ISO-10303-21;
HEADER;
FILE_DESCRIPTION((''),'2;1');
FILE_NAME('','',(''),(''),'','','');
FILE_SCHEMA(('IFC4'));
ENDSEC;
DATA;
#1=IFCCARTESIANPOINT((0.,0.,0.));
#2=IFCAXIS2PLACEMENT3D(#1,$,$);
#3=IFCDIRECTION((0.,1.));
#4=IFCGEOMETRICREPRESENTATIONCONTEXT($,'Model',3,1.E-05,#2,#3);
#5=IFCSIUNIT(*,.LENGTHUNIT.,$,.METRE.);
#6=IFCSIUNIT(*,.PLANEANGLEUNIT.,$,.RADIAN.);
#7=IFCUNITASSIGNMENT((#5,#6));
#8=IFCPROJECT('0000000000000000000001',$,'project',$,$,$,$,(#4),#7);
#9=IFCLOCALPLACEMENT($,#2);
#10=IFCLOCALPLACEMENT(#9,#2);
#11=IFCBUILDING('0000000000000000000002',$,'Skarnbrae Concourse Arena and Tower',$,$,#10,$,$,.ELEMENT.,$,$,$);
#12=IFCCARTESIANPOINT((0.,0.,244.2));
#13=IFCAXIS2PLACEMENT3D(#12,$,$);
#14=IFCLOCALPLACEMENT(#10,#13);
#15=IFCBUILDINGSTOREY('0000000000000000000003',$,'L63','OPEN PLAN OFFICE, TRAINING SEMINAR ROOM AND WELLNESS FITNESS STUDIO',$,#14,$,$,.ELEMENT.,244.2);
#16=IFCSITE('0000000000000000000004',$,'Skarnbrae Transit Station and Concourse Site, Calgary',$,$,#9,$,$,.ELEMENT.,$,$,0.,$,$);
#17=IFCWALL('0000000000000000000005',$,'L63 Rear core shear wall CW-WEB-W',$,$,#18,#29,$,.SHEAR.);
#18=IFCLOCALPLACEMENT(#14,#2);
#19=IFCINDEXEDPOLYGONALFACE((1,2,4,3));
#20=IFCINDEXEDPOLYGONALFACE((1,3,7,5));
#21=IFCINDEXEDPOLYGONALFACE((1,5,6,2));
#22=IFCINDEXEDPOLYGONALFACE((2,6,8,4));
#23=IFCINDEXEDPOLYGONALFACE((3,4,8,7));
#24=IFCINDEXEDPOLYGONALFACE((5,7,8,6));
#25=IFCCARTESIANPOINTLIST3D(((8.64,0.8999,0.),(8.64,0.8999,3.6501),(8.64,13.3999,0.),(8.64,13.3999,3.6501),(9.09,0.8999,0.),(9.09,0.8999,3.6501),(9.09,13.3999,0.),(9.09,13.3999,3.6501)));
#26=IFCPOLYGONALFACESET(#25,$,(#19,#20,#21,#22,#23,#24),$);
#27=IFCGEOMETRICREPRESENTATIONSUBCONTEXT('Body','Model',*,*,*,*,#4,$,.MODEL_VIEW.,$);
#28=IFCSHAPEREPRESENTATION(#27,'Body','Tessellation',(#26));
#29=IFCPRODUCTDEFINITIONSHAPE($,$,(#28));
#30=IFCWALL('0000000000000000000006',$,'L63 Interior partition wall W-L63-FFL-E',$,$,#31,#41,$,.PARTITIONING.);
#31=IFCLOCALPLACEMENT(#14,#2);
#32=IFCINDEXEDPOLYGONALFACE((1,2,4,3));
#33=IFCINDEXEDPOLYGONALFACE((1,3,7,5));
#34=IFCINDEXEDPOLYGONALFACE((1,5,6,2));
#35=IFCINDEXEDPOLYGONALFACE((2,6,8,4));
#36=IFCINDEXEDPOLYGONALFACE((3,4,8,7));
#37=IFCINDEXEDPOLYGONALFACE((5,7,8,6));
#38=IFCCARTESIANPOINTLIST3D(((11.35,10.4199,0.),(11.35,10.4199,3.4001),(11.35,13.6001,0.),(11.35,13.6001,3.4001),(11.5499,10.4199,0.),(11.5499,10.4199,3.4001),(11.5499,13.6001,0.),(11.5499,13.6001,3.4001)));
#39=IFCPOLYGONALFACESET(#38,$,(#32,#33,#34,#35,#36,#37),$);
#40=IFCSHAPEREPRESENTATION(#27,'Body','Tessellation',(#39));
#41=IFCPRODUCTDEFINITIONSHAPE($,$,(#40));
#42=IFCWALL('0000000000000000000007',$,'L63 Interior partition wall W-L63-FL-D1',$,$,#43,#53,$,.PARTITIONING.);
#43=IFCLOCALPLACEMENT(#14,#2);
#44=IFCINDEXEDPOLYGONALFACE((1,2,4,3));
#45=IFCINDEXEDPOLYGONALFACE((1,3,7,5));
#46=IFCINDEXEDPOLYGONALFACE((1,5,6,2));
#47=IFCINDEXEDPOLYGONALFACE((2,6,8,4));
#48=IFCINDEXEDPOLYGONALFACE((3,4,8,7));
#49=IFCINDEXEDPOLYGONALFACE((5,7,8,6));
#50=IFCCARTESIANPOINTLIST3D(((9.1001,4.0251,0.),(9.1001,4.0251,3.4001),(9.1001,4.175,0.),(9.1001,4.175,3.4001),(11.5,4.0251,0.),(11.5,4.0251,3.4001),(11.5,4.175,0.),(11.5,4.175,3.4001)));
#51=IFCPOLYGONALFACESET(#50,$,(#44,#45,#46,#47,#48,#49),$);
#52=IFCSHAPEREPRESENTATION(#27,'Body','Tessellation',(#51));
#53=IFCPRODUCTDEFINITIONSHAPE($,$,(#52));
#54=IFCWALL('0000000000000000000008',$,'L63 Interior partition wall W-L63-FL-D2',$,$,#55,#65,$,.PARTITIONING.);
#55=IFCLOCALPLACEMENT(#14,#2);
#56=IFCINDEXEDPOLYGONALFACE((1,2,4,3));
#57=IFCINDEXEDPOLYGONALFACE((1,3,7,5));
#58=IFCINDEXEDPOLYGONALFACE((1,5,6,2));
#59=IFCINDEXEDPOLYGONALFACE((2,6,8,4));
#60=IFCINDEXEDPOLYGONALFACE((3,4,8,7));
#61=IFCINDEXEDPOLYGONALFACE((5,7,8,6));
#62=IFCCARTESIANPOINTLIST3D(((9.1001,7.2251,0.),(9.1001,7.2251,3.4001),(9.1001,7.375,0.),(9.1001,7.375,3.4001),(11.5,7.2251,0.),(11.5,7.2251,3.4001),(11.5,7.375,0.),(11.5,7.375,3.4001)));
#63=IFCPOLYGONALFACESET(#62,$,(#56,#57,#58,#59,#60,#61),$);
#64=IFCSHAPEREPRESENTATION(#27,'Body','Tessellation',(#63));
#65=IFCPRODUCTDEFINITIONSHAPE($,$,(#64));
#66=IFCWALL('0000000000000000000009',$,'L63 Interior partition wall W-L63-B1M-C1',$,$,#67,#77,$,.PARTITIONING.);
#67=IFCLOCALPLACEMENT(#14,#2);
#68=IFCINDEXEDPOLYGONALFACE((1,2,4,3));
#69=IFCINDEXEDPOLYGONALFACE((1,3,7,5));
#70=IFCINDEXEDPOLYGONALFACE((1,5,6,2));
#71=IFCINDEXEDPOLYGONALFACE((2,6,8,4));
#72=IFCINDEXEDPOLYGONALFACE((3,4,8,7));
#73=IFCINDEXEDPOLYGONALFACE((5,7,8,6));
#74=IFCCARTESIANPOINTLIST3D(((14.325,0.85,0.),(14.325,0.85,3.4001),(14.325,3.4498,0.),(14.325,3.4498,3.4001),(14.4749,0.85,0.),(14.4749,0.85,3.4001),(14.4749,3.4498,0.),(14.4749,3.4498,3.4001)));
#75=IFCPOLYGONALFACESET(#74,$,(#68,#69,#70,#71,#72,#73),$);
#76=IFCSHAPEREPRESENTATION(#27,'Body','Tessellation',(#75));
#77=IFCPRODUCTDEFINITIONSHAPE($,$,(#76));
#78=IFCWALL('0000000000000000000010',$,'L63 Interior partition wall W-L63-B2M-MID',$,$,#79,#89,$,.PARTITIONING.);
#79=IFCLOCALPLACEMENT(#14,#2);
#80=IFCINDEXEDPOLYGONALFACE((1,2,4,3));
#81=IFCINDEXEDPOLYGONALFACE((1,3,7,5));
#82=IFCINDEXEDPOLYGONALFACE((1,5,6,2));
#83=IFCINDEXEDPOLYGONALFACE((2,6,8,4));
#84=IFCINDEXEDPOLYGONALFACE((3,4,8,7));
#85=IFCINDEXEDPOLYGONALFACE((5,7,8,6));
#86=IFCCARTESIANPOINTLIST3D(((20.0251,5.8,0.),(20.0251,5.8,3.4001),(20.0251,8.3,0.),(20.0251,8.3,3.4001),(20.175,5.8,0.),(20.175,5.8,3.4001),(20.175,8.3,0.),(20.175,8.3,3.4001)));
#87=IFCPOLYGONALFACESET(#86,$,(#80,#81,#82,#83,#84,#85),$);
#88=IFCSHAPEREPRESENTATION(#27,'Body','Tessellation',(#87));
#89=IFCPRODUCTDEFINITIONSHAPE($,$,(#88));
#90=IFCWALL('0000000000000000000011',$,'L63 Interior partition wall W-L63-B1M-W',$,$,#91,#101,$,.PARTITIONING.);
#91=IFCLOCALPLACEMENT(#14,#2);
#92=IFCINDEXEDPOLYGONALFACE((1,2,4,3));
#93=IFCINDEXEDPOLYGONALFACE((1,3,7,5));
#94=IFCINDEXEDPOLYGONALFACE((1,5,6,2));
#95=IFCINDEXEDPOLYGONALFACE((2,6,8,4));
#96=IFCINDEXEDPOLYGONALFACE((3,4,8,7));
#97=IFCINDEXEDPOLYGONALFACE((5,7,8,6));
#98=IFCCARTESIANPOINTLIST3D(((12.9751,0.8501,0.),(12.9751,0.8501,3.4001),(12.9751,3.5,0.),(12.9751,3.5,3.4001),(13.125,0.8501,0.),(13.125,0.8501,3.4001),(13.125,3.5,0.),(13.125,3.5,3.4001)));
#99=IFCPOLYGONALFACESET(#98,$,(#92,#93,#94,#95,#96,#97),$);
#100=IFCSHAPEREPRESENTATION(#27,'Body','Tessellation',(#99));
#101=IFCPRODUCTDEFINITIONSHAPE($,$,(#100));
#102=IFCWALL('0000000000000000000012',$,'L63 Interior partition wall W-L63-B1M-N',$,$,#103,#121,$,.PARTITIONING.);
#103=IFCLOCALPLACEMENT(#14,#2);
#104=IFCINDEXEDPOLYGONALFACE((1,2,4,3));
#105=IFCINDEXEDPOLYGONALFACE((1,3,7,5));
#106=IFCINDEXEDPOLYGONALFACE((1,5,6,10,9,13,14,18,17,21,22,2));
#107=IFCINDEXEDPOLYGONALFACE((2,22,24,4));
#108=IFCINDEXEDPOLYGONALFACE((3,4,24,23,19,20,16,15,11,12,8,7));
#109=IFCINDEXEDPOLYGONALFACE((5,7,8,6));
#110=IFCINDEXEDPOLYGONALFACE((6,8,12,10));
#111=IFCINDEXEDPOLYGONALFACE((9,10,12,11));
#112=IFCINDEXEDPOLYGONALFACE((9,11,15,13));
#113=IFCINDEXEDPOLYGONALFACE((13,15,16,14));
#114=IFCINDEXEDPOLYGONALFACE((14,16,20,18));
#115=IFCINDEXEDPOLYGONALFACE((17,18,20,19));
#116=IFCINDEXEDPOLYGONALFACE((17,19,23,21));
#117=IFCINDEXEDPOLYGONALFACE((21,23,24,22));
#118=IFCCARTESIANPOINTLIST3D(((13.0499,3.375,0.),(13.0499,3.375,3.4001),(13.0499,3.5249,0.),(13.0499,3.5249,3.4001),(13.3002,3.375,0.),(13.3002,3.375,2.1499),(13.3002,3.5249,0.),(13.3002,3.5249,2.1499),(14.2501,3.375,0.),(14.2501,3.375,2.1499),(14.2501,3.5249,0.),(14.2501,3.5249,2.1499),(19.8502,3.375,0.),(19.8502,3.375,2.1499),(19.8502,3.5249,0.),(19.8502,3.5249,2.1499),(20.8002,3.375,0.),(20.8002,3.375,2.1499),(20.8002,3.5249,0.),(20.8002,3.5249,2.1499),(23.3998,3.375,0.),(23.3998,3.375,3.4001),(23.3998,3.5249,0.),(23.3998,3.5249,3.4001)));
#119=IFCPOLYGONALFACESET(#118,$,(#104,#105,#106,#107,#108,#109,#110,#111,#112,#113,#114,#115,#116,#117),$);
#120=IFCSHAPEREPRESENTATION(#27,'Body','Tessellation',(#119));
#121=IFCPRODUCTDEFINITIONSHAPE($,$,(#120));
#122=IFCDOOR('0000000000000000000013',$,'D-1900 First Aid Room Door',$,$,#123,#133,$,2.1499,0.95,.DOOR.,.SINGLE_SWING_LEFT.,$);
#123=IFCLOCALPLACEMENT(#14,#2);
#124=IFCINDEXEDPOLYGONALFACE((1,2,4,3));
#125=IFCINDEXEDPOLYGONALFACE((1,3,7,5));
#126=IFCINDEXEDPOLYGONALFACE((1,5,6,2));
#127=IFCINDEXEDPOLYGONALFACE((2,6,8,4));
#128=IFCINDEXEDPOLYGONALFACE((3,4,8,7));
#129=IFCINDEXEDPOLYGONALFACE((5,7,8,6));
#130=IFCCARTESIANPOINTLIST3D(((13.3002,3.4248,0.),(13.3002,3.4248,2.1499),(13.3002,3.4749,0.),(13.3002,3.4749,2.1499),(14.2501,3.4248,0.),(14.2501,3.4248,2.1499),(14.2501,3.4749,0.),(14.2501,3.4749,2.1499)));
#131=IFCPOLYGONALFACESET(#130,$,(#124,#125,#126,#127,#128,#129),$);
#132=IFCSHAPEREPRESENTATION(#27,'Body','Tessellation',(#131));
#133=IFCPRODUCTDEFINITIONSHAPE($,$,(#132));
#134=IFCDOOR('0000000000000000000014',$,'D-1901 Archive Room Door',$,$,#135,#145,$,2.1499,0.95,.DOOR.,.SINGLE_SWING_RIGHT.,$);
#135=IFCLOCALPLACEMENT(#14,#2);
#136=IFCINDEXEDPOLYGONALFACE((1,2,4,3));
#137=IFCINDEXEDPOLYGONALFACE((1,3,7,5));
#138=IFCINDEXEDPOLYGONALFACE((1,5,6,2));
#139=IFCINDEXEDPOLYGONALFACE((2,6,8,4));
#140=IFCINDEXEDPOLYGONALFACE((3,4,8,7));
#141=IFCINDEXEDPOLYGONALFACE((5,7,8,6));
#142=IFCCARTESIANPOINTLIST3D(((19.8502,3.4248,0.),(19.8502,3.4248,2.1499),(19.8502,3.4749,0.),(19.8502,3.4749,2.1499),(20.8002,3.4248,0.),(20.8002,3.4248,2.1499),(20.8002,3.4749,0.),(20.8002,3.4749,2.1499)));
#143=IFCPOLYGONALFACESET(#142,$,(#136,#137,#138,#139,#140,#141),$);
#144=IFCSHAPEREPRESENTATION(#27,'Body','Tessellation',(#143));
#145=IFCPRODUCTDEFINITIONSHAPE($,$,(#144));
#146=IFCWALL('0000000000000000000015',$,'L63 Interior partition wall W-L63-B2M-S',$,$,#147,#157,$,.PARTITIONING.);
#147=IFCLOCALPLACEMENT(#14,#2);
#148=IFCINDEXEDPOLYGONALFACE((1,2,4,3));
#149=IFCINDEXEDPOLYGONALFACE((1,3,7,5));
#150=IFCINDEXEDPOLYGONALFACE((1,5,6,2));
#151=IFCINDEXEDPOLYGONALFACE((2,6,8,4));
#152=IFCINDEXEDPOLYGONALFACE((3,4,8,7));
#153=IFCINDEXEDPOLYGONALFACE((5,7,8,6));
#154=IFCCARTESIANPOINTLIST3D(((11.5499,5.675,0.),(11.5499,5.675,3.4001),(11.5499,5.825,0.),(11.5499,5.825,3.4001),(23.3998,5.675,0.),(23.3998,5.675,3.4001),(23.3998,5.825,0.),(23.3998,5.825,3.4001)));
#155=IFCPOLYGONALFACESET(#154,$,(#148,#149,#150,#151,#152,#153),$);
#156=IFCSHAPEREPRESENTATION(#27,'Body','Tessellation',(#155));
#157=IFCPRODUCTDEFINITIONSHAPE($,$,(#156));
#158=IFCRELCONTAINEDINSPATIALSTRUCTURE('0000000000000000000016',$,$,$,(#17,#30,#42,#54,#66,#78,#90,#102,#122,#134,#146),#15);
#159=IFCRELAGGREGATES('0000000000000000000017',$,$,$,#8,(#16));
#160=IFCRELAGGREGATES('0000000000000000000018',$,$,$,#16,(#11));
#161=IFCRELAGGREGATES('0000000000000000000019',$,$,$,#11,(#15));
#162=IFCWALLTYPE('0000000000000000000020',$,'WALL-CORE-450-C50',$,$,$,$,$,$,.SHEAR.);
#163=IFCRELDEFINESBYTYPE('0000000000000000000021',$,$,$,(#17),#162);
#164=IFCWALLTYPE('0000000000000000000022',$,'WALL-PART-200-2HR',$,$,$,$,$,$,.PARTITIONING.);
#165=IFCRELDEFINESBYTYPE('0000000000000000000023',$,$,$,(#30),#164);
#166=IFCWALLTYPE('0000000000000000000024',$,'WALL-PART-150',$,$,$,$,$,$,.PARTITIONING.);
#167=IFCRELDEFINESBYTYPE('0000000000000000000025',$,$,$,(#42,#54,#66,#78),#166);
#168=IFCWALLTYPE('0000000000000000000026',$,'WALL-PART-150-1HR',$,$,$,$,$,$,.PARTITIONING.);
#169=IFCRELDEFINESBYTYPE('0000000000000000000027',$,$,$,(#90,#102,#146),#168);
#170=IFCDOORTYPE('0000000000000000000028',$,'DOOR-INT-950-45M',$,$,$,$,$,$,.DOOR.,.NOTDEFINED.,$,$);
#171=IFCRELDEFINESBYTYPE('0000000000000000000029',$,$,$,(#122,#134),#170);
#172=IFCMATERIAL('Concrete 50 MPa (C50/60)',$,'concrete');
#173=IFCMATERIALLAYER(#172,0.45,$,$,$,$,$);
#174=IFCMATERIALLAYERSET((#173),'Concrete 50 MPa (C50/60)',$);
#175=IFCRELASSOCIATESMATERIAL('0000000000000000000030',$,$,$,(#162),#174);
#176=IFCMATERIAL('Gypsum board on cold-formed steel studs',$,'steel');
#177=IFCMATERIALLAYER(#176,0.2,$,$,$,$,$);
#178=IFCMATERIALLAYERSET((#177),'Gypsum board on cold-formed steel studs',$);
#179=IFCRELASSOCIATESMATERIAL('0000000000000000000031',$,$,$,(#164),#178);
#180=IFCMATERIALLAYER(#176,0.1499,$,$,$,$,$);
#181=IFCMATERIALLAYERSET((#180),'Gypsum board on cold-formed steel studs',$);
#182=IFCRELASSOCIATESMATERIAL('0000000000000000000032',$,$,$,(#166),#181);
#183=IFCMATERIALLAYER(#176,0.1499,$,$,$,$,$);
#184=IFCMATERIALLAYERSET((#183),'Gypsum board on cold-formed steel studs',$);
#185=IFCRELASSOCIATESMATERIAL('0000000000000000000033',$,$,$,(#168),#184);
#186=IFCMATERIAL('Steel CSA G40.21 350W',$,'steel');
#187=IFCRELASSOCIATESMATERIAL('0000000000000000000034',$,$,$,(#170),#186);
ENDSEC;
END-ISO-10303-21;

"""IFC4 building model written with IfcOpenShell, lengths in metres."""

from ifc_helpers import new_model, si_unit, direction, frame, frame_2d, origin, place, context, subcontext, project, spatial, rectangle, extrude, source, transform, mapped, material, layer, layer_set, type_object, element, fill, save


model = new_model("IFC4")

# Units and contexts
model_context = context("Model", 3, precision=1e-05, world=origin(), true_north=direction((0.0, 1.0)))
body_context = subcontext(model_context, "Body", "Model", "MODEL_VIEW")
ifc_project = project(units=[si_unit("LENGTHUNIT", "METRE"), si_unit("PLANEANGLEUNIT", "RADIAN")], contexts=[model_context])

# Site, building, storey
site_placement = place(None, origin())
site = spatial("IfcSite", under=ifc_project, at=site_placement, Name="Skarnbrae Transit Station and Concourse Site, Calgary", CompositionType="ELEMENT", RefElevation=0.0)
building_placement = place(site_placement, origin())
building = spatial("IfcBuilding", under=site, at=building_placement, Name="Skarnbrae Concourse Arena and Tower", CompositionType="ELEMENT")
storey_placement = place(building_placement, frame((0.0, 0.0, 244.2)))
storey = spatial("IfcBuildingStorey", under=building, at=storey_placement, Name="L63", Description="OPEN PLAN OFFICE, TRAINING SEMINAR ROOM AND WELLNESS FITNESS STUDIO", CompositionType="ELEMENT", Elevation=244.2)

# Walls
ifc_material_1 = material(Name="Concrete 50 MPa (C50/60)", Category="concrete")
ifc_layer_1 = layer(ifc_material_1, 0.45)
ifc_layer_set_1 = layer_set([ifc_layer_1], Name="Concrete 50 MPa (C50/60)")
wall_type_1 = type_object("IfcWallType", Name="WALL-CORE-450-C50", PredefinedType="SHEAR", material=ifc_layer_set_1)
shared_shape_1 = source(origin(), body_context, "Body", "SweptSolid", [
    extrude(rectangle(XDim=12.5, YDim=0.45, at=frame_2d((6.25, 0.0))), origin(), (0.0, 0.0, 1.0), 3.6501),
])
wall_1_placement = place(storey_placement, frame((8.865, 0.8999, 0.0), z_axis=(0.0, 0.0, 1.0), x_axis=(0.0, 1.0, 0.0)))
element("IfcWall", 1, at=wall_1_placement, inside=storey, type_object=wall_type_1, Name="L63 Rear core shear wall CW-WEB-W", PredefinedType="SHEAR", context=body_context, shape_type="MappedRepresentation", body=[
    mapped(shared_shape_1, transform((0.0, 0.0, 0.0))),
])
ifc_material_2 = material(Name="Gypsum board on cold-formed steel studs", Category="steel")
ifc_layer_2 = layer(ifc_material_2, 0.2)
ifc_layer_set_2 = layer_set([ifc_layer_2], Name="Gypsum board on cold-formed steel studs")
wall_type_2 = type_object("IfcWallType", Name="WALL-PART-200-2HR", PredefinedType="PARTITIONING", material=ifc_layer_set_2)
shared_shape_2 = source(origin(), body_context, "Body", "SweptSolid", [
    extrude(rectangle(XDim=3.1802, YDim=0.2, at=frame_2d((1.5901, 0.0))), origin(), (0.0, 0.0, 1.0), 3.4001),
])
wall_2_placement = place(storey_placement, frame((11.45, 10.4199, 0.0), z_axis=(0.0, 0.0, 1.0), x_axis=(0.0, 1.0, 0.0)))
element("IfcWall", 2, at=wall_2_placement, inside=storey, type_object=wall_type_2, Name="L63 Interior partition wall W-L63-FFL-E", PredefinedType="PARTITIONING", context=body_context, shape_type="MappedRepresentation", body=[
    mapped(shared_shape_2, transform((0.0, 0.0, 0.0))),
])

# Shared definitions
ifc_material_3 = material(Name="Steel CSA G40.21 350W", Category="steel")

# Walls
ifc_layer_3 = layer(ifc_material_2, 0.1499)
ifc_layer_set_3 = layer_set([ifc_layer_3], Name="Gypsum board on cold-formed steel studs")
wall_type_3 = type_object("IfcWallType", Name="WALL-PART-150", PredefinedType="PARTITIONING", material=ifc_layer_set_3)
shared_shape_3 = source(origin(), body_context, "Body", "SweptSolid", [
    extrude(rectangle(XDim=2.3999, YDim=0.1499, at=frame_2d((1.2, 0.0))), origin(), (0.0, 0.0, 1.0), 3.4001),
])
for number, where, z_axis, x_axis, name in (
    (3, (9.1001, 4.1001, 0.0), (0.0, 0.0, 1.0), (1.0, 0.0, 0.0), "L63 Interior partition wall W-L63-FL-D1"),
    (4, (9.1001, 7.3, 0.0), (0.0, 0.0, 1.0), (1.0, 0.0, 0.0), "L63 Interior partition wall W-L63-FL-D2"),
):
    element("IfcWall", number, at=place(storey_placement, frame(where, z_axis=z_axis, x_axis=x_axis)), inside=storey, type_object=wall_type_3, Name=name, PredefinedType="PARTITIONING", context=body_context, shape_type="MappedRepresentation", body=[
        mapped(shared_shape_3, transform((0.0, 0.0, 0.0))),
    ])
shared_shape_4 = source(origin(), body_context, "Body", "SweptSolid", [
    extrude(rectangle(XDim=2.5999, YDim=0.1499, at=frame_2d((1.2998, 0.0))), origin(), (0.0, 0.0, 1.0), 3.4001),
])
wall_3_placement = place(storey_placement, frame((14.3999, 0.8501, 0.0), z_axis=(0.0, 0.0, 1.0), x_axis=(0.0, 1.0, 0.0)))
element("IfcWall", 5, at=wall_3_placement, inside=storey, type_object=wall_type_3, Name="L63 Interior partition wall W-L63-B1M-C1", PredefinedType="PARTITIONING", context=body_context, shape_type="MappedRepresentation", body=[
    mapped(shared_shape_4, transform((0.0, 0.0, 0.0))),
])
shared_shape_5 = source(origin(), body_context, "Body", "SweptSolid", [
    extrude(rectangle(XDim=2.5, YDim=0.1499, at=frame_2d((1.25, 0.0))), origin(), (0.0, 0.0, 1.0), 3.4001),
])
wall_4_placement = place(storey_placement, frame((20.1001, 5.8, 0.0), z_axis=(0.0, 0.0, 1.0), x_axis=(0.0, 1.0, 0.0)))
element("IfcWall", 6, at=wall_4_placement, inside=storey, type_object=wall_type_3, Name="L63 Interior partition wall W-L63-B2M-MID", PredefinedType="PARTITIONING", context=body_context, shape_type="MappedRepresentation", body=[
    mapped(shared_shape_5, transform((0.0, 0.0, 0.0))),
])
ifc_layer_4 = layer(ifc_material_2, 0.1499)
ifc_layer_set_4 = layer_set([ifc_layer_4], Name="Gypsum board on cold-formed steel studs")
wall_type_4 = type_object("IfcWallType", Name="WALL-PART-150-1HR", PredefinedType="PARTITIONING", material=ifc_layer_set_4)
shared_shape_6 = source(origin(), body_context, "Body", "SweptSolid", [
    extrude(rectangle(XDim=2.6499, YDim=0.1499, at=frame_2d((1.325, 0.0))), origin(), (0.0, 0.0, 1.0), 3.4001),
])
wall_5_placement = place(storey_placement, frame((13.05, 0.8501, 0.0), z_axis=(0.0, 0.0, 1.0), x_axis=(0.0, 1.0, 0.0)))
element("IfcWall", 7, at=wall_5_placement, inside=storey, type_object=wall_type_4, Name="L63 Interior partition wall W-L63-B1M-W", PredefinedType="PARTITIONING", context=body_context, shape_type="MappedRepresentation", body=[
    mapped(shared_shape_6, transform((0.0, 0.0, 0.0))),
])

# Wall, openings, doors
shared_shape_7 = source(origin(), body_context, "Body", "SweptSolid", [
    extrude(rectangle(XDim=10.3499, YDim=0.1499, at=frame_2d((5.1748, 0.0))), origin(), (0.0, 0.0, 1.0), 3.4001),
])
wall_6_placement = place(storey_placement, frame((13.05, 3.45, 0.0), z_axis=(0.0, 0.0, 1.0), x_axis=(1.0, 0.0, 0.0)))
wall_6 = element("IfcWall", 8, at=wall_6_placement, inside=storey, type_object=wall_type_4, Name="L63 Interior partition wall W-L63-B1M-N", PredefinedType="PARTITIONING", context=body_context, shape_type="MappedRepresentation", body=[
    mapped(shared_shape_7, transform((0.0, 0.0, 0.0))),
])
opening_1_placement = place(wall_6_placement, frame((0.25, 0.0, 0.0)))
opening_1 = element("IfcOpeningElement", 9, at=opening_1_placement, cuts=wall_6, PredefinedType="OPENING", context=body_context, shape_type="SweptSolid", body=[
    extrude(rectangle(XDim=0.95, YDim=2.1499, at=frame_2d((0.4751, 1.075))), frame((0.0, 0.085, 0.0), z_axis=(0.0, -1.0, 0.0), x_axis=(1.0, 0.0, 0.0)), (0.0, 0.0, 1.0), 0.1699),
])
opening_2_placement = place(wall_6_placement, frame((6.8, 0.0, 0.0)))
opening_2 = element("IfcOpeningElement", 10, at=opening_2_placement, cuts=wall_6, PredefinedType="OPENING", context=body_context, shape_type="SweptSolid", body=[
    extrude(rectangle(XDim=0.95, YDim=2.1499, at=frame_2d((0.4751, 1.075))), frame((0.0, 0.085, 0.0), z_axis=(0.0, -1.0, 0.0), x_axis=(1.0, 0.0, 0.0)), (0.0, 0.0, 1.0), 0.1699),
])
door_type_1 = type_object("IfcDoorType", Name="DOOR-INT-950-45M", OperationType="NOTDEFINED", PredefinedType="DOOR", material=ifc_material_3)
shared_shape_8 = source(origin(), body_context, "Body", "SweptSolid", [
    extrude(rectangle(XDim=0.95, YDim=2.1499, at=frame_2d((0.4751, 1.075))), frame((0.0, 0.0249, 0.0), z_axis=(0.0, -1.0, 0.0), x_axis=(1.0, 0.0, 0.0)), (0.0, 0.0, 1.0), 0.05),
])
door_1_placement = place(opening_1_placement, origin())
door_1 = element("IfcDoor", 11, at=door_1_placement, inside=storey, type_object=door_type_1, Name="D-1900 First Aid Room Door", OperationType="SINGLE_SWING_LEFT", OverallHeight=2.1499, OverallWidth=0.95, PredefinedType="DOOR", context=body_context, shape_type="MappedRepresentation", body=[
    mapped(shared_shape_8, transform((0.0, 0.0, 0.0))),
])
fill(opening_1, door_1)
door_2_placement = place(opening_2_placement, origin())
door_2 = element("IfcDoor", 12, at=door_2_placement, inside=storey, type_object=door_type_1, Name="D-1901 Archive Room Door", OperationType="SINGLE_SWING_RIGHT", OverallHeight=2.1499, OverallWidth=0.95, PredefinedType="DOOR", context=body_context, shape_type="MappedRepresentation", body=[
    mapped(shared_shape_8, transform((0.0, 0.0, 0.0))),
])
fill(opening_2, door_2)

# Wall
shared_shape_9 = source(origin(), body_context, "Body", "SweptSolid", [
    extrude(rectangle(XDim=11.8499, YDim=0.1499, at=frame_2d((5.9248, 0.0))), origin(), (0.0, 0.0, 1.0), 3.4001),
])
wall_7_placement = place(storey_placement, frame((11.55, 5.75, 0.0), z_axis=(0.0, 0.0, 1.0), x_axis=(1.0, 0.0, 0.0)))
element("IfcWall", 13, at=wall_7_placement, inside=storey, type_object=wall_type_4, Name="L63 Interior partition wall W-L63-B2M-S", PredefinedType="PARTITIONING", context=body_context, shape_type="MappedRepresentation", body=[
    mapped(shared_shape_9, transform((0.0, 0.0, 0.0))),
])

save(model, "model.ifc")
